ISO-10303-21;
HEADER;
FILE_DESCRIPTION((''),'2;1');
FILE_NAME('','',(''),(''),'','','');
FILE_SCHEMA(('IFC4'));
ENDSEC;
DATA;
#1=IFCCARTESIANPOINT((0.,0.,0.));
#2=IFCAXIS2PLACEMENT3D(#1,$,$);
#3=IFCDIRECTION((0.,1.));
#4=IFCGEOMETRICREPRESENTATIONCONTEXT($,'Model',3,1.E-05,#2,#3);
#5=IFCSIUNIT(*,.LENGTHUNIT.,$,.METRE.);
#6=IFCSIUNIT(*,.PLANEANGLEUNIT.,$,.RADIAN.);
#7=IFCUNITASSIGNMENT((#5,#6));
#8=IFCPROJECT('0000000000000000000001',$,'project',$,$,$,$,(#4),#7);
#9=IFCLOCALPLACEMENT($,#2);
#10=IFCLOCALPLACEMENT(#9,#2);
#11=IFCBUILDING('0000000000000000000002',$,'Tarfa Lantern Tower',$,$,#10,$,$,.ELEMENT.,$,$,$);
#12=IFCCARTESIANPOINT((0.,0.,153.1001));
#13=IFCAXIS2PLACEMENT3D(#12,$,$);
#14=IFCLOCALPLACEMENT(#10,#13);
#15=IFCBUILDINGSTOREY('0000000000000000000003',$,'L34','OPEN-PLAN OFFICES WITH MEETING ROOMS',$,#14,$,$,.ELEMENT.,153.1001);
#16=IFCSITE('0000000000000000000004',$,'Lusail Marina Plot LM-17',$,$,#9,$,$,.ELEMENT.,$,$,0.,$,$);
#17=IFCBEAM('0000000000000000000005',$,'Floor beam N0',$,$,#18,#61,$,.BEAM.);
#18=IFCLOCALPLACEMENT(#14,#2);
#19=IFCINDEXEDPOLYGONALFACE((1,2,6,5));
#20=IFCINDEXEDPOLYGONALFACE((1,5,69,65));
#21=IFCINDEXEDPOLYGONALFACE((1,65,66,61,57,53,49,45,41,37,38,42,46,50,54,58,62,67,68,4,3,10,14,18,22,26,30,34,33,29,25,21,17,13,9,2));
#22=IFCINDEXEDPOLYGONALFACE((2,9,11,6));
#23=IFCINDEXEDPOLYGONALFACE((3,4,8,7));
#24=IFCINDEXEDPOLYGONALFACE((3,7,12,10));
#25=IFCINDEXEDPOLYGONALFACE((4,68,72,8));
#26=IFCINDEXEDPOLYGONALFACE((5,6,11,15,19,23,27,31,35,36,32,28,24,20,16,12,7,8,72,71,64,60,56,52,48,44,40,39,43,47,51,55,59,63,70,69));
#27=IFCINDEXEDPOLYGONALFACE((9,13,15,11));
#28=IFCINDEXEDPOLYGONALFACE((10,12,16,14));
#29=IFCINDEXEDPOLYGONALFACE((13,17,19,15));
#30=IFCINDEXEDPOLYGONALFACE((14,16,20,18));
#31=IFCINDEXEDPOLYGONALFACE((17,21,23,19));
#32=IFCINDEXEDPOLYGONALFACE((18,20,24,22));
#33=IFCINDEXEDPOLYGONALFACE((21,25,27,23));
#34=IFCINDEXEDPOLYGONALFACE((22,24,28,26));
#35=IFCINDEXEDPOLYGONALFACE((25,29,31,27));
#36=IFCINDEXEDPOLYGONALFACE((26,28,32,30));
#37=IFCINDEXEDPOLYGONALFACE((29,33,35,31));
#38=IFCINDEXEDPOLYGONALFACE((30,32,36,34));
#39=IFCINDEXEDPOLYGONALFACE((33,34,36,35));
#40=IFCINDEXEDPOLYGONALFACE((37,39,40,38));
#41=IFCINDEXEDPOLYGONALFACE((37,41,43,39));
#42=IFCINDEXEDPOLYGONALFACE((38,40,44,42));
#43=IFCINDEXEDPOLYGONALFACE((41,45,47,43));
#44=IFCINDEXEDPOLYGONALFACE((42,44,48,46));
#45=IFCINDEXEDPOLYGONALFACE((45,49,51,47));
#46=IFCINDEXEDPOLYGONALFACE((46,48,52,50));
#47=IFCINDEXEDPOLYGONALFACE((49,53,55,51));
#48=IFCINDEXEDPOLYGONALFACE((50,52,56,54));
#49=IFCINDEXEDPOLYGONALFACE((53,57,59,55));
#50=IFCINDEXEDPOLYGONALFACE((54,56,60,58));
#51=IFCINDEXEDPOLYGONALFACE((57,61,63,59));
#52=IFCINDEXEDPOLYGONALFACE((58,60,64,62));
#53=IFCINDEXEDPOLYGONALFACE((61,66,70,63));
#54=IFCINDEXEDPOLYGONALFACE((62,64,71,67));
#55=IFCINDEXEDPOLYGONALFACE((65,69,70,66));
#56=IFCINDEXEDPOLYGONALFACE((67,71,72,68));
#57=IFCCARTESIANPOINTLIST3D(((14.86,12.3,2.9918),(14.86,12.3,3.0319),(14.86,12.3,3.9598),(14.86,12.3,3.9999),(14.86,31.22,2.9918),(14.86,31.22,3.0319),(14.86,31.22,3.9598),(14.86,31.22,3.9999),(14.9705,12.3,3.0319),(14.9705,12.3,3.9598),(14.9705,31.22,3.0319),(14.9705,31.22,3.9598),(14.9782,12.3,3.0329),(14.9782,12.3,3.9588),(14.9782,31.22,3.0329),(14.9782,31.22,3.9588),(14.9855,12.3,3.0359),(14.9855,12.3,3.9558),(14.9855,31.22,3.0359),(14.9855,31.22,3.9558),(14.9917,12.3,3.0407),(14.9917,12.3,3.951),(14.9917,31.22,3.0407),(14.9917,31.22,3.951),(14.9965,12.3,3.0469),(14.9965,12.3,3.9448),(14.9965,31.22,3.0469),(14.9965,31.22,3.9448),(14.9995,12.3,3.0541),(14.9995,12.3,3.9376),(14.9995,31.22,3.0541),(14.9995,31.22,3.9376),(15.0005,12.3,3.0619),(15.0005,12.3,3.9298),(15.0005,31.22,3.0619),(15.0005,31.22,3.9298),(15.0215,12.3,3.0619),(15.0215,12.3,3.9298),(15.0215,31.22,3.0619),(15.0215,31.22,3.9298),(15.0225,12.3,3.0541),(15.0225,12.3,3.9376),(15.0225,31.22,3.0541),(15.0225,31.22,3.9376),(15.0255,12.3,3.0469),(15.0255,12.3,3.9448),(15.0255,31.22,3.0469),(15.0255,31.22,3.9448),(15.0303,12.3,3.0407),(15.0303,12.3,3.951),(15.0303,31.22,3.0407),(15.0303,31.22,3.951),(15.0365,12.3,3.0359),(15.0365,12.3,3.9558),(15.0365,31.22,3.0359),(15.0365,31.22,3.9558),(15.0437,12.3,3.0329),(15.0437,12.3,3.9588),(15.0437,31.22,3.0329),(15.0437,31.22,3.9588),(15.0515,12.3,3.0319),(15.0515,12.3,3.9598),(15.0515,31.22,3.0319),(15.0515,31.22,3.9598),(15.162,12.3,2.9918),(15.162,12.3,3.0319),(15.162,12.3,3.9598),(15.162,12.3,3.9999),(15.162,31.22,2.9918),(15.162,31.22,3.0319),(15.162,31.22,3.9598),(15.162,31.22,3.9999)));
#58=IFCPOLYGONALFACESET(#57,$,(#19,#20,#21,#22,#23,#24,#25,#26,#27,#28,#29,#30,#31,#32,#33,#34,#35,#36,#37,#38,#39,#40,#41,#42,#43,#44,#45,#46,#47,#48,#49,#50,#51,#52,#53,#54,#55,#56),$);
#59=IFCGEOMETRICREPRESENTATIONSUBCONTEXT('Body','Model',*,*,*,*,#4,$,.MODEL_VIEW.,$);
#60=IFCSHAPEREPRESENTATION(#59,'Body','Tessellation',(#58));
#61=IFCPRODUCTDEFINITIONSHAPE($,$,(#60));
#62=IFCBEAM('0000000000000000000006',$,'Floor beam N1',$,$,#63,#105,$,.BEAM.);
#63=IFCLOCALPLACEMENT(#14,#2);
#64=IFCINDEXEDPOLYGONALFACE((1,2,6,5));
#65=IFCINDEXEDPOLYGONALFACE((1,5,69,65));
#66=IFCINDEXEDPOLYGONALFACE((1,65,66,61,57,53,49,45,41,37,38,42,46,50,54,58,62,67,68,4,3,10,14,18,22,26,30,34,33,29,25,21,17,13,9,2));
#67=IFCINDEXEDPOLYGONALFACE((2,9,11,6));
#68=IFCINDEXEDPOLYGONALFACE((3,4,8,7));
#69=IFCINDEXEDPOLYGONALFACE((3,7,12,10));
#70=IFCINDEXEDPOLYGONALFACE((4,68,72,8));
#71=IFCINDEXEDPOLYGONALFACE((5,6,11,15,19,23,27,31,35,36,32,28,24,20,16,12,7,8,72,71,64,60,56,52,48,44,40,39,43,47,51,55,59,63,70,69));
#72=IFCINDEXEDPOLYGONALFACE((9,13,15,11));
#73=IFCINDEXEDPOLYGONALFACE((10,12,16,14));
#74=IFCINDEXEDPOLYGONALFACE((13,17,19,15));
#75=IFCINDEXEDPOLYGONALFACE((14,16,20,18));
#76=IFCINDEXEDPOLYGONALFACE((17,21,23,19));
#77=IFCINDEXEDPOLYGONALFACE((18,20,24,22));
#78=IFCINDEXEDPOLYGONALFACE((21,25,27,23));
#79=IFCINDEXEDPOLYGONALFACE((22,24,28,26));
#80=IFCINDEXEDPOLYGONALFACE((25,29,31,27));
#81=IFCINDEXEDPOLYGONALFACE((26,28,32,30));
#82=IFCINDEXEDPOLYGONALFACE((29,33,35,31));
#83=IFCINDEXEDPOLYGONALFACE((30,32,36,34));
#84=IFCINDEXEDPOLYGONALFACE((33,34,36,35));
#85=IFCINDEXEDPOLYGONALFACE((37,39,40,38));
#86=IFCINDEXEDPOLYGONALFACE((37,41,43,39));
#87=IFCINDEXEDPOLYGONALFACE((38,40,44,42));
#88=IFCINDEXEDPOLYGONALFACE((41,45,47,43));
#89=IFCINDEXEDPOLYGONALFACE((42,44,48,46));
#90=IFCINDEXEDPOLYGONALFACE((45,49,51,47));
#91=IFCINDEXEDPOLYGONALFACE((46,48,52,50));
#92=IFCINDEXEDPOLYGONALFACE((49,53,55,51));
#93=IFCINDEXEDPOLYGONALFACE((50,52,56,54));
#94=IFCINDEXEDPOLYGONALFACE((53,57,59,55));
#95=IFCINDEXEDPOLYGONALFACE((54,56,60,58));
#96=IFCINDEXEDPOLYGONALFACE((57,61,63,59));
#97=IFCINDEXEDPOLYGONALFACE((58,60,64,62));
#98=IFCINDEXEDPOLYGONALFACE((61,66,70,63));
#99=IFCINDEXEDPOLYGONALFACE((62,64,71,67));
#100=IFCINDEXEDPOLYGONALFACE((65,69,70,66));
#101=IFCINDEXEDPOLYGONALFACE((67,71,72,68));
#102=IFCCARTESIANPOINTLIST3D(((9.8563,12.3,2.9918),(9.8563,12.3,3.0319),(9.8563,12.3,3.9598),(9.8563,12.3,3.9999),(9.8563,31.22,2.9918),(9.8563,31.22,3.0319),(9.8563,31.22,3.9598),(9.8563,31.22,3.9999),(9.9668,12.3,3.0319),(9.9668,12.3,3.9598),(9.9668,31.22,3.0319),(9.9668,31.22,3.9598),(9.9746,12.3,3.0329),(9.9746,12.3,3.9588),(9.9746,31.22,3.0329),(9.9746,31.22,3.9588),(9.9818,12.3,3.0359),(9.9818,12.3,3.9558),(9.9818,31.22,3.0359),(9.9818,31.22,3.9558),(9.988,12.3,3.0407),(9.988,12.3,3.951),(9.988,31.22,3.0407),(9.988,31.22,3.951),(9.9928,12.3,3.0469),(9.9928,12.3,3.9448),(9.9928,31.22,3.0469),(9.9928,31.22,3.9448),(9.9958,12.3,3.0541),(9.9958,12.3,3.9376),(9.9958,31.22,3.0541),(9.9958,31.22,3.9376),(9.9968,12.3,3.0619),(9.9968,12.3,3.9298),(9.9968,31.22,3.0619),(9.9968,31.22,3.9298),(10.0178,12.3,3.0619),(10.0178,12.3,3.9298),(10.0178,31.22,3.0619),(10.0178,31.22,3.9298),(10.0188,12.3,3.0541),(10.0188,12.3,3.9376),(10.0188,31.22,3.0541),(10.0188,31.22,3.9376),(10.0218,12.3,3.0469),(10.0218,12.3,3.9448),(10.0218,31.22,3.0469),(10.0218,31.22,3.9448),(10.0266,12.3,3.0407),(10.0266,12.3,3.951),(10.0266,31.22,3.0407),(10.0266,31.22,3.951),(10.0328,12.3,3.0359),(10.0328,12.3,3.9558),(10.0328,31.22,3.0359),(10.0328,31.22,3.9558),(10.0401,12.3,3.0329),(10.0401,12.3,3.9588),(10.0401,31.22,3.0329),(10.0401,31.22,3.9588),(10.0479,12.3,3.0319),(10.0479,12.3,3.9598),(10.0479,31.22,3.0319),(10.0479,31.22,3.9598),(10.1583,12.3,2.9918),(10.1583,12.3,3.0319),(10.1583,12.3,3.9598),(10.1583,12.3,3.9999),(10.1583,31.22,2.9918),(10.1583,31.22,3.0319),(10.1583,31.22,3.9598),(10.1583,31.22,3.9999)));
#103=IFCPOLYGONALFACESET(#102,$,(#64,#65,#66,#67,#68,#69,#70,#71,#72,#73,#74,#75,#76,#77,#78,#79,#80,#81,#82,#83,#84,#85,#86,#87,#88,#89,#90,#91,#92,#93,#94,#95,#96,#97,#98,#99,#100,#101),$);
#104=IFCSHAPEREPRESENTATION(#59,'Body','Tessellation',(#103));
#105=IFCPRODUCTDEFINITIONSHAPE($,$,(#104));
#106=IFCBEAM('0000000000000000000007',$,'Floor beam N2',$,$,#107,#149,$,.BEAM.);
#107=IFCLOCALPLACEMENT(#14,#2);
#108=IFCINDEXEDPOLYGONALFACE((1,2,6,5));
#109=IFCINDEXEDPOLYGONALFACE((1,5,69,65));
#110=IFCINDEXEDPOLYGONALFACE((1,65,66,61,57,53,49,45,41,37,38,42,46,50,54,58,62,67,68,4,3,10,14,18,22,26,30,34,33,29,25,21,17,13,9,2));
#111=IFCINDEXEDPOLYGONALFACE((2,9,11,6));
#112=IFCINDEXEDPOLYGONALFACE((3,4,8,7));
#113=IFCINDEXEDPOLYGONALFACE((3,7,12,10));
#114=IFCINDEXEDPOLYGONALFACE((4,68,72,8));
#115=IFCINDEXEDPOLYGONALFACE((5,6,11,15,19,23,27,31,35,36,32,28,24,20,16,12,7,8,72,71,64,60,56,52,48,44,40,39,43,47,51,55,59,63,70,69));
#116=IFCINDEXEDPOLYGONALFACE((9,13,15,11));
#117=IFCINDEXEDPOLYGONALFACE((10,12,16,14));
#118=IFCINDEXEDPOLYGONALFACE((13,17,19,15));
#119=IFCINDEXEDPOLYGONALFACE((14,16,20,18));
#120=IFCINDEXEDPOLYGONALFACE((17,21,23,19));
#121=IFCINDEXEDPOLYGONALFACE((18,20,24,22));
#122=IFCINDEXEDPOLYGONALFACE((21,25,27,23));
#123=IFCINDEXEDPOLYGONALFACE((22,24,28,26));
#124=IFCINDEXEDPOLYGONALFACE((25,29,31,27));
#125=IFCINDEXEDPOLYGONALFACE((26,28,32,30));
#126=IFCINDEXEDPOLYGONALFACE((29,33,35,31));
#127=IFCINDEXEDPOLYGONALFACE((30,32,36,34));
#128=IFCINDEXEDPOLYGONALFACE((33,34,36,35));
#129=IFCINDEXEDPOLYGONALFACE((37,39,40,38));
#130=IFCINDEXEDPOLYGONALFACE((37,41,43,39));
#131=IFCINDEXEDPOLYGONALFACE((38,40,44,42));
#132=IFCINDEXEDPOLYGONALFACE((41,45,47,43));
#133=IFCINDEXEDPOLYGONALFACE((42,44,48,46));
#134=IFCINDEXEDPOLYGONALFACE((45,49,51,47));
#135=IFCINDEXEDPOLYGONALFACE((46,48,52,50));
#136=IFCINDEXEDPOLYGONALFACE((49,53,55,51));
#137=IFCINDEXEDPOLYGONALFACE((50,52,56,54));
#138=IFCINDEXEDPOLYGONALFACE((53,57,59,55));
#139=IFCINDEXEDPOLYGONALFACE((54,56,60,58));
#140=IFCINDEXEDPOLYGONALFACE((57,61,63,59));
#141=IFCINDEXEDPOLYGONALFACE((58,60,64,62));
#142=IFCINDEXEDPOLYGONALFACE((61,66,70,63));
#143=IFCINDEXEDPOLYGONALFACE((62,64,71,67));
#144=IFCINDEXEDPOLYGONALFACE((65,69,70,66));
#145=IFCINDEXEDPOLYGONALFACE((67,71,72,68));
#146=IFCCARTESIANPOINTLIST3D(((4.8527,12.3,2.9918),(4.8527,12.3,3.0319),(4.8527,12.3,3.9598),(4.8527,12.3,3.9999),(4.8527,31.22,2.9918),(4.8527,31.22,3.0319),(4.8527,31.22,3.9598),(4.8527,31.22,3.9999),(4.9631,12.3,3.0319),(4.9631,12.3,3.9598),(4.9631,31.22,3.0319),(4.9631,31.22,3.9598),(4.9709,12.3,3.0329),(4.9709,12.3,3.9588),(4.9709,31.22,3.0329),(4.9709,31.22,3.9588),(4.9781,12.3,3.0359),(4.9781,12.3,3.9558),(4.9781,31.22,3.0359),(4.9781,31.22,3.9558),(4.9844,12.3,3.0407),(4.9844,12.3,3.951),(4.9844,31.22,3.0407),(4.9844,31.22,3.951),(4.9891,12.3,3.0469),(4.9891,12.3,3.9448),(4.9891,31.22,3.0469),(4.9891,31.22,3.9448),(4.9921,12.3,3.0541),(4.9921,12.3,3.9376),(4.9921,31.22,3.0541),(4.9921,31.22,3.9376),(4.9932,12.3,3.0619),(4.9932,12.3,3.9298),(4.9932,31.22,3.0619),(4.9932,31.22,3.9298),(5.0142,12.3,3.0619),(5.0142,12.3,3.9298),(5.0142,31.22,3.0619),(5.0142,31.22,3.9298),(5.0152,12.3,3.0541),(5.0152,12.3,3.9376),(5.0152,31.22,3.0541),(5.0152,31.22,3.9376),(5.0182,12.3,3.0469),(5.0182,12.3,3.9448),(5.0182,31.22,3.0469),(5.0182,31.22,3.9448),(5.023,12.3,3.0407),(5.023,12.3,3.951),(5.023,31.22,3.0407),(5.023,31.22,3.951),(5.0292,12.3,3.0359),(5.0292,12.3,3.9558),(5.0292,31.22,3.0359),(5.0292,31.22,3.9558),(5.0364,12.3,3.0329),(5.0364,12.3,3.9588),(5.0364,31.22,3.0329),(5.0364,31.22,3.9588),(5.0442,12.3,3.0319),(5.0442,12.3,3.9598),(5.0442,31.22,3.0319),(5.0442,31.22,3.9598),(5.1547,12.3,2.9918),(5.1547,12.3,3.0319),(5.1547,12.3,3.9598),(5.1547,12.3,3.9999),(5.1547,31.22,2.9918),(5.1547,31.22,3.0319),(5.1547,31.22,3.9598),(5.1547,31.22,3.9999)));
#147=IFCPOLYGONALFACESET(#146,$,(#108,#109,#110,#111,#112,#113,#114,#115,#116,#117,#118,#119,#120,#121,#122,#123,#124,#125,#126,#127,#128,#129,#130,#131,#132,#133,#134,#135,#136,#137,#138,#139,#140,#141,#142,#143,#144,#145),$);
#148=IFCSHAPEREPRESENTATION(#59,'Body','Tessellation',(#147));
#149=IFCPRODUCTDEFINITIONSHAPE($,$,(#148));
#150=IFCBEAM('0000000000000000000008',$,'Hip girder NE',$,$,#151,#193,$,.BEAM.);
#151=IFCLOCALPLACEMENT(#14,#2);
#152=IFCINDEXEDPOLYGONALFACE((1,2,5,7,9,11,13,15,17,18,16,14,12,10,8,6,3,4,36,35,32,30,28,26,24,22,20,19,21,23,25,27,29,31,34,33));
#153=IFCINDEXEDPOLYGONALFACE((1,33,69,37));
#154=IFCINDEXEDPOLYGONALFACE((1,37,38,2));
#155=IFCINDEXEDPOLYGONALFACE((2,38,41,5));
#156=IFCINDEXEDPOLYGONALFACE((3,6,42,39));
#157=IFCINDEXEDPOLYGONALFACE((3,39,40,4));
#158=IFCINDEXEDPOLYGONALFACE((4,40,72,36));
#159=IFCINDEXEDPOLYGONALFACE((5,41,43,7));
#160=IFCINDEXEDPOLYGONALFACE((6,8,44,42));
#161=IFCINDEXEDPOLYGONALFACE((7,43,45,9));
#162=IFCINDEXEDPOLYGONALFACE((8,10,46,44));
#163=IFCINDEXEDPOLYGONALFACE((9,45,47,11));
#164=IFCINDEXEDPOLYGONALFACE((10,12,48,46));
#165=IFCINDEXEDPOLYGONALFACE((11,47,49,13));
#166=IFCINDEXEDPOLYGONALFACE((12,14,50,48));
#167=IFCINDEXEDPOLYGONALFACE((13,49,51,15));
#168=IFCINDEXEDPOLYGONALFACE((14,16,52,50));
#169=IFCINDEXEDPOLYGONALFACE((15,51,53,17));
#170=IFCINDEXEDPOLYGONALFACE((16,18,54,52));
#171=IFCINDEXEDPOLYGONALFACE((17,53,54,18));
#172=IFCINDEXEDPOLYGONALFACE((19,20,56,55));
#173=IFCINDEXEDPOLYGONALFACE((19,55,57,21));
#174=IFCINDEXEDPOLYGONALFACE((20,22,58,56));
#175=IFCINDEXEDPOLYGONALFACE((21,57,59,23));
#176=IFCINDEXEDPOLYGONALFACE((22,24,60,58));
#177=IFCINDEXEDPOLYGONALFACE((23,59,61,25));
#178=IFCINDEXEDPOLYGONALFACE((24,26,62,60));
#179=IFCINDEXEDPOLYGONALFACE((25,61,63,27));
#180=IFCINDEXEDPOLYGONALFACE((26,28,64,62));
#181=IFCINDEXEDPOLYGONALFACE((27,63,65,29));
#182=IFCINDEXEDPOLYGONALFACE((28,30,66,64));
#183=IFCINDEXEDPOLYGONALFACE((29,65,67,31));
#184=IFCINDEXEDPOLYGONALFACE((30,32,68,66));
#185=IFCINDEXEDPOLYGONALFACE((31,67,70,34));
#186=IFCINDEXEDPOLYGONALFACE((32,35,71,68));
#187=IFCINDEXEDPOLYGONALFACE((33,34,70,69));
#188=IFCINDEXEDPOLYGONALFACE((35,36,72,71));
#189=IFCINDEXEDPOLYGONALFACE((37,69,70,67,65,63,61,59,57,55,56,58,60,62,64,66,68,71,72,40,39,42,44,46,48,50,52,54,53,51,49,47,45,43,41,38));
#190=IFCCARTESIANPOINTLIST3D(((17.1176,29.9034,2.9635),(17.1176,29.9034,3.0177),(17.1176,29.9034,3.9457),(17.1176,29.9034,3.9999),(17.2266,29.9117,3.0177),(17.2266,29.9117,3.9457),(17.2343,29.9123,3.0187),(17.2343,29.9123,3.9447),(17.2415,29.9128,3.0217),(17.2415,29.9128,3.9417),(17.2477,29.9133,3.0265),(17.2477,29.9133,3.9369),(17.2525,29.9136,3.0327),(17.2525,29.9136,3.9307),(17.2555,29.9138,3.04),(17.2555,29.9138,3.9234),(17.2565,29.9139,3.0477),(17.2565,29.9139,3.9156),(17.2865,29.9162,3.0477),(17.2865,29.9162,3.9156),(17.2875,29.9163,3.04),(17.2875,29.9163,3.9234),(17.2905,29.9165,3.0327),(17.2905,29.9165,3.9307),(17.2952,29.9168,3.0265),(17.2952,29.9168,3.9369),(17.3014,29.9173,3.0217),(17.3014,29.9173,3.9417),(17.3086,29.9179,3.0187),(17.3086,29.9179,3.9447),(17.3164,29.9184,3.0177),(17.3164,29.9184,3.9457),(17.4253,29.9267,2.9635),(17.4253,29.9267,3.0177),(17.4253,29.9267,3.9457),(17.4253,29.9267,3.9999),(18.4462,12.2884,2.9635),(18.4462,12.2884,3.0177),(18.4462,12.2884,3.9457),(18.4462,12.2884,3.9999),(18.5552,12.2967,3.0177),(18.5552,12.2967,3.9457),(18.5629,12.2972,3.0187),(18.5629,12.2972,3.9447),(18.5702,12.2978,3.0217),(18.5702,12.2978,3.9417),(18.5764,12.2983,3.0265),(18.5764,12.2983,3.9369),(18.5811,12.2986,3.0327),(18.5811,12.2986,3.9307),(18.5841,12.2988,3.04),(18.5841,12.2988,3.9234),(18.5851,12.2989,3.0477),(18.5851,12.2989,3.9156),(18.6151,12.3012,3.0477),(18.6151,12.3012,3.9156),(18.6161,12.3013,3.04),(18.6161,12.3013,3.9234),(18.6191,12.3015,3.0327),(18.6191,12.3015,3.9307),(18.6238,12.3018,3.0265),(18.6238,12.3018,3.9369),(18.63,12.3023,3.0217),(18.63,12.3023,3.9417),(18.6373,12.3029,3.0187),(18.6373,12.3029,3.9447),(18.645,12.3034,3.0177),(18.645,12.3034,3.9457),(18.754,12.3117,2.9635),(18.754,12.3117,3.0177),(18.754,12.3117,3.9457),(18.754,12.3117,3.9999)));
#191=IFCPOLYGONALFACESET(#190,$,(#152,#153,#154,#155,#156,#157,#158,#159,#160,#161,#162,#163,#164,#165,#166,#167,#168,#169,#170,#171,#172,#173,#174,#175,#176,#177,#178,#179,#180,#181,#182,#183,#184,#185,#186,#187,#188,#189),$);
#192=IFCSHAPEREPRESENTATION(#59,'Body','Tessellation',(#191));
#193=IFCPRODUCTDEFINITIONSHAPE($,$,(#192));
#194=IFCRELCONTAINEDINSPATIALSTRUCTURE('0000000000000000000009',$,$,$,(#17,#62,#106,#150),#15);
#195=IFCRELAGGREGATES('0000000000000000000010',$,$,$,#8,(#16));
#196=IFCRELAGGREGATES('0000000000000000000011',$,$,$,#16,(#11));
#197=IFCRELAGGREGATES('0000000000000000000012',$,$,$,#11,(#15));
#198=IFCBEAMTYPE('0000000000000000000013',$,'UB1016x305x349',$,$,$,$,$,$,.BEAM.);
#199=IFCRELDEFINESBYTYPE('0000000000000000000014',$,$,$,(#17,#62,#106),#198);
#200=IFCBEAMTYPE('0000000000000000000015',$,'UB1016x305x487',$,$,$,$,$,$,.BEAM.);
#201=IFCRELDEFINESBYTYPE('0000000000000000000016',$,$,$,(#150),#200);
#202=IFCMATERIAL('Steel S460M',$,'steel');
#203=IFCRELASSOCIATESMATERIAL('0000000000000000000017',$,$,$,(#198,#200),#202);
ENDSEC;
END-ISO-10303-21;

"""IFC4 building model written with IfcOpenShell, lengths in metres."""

from ifc_helpers import new_model, si_unit, direction, frame, origin, origin_2d, place, context, subcontext, project, spatial, i_section, extrude, material, material_profile, profile_set, type_object, element, save


model = new_model("IFC4")

# Units and contexts
model_context = context("Model", 3, precision=1e-05, world=origin(), true_north=direction((0.0, 1.0)))
body_context = subcontext(model_context, "Body", "Model", "MODEL_VIEW")
ifc_project = project(units=[si_unit("LENGTHUNIT", "METRE"), si_unit("PLANEANGLEUNIT", "RADIAN")], contexts=[model_context])

# Site, building, storey
site_placement = place(None, origin())
site = spatial("IfcSite", under=ifc_project, at=site_placement, Name="Lusail Marina Plot LM-17", CompositionType="ELEMENT", RefElevation=0.0)
building_placement = place(site_placement, origin())
building = spatial("IfcBuilding", under=site, at=building_placement, Name="Tarfa Lantern Tower", CompositionType="ELEMENT")
storey_placement = place(building_placement, frame((0.0, 0.0, 153.1001)))
storey = spatial("IfcBuildingStorey", under=building, at=storey_placement, Name="L34", Description="OPEN-PLAN OFFICES WITH MEETING ROOMS", CompositionType="ELEMENT", Elevation=153.1001)

# Beams
ifc_material_1 = material(Name="Steel S460M", Category="steel")
ifc_material_profile_1 = material_profile(ifc_material_1, i_section(OverallWidth=0.302, OverallDepth=1.0081, WebThickness=0.021, FlangeThickness=0.04, FilletRadius=0.03, at=origin_2d()), Name="UB1016x305x349")
ifc_profile_set_1 = profile_set([ifc_material_profile_1], Name="Steel S460M")
beam_type_1 = type_object("IfcBeamType", Name="UB1016x305x349", PredefinedType="BEAM", material=ifc_profile_set_1)
for number, where, z_axis, x_axis, name in (
    (1, (15.011, 31.22, 3.4958), (0.0, -1.0, 0.0), (1.0, 0.0, 0.0), "Floor beam N0"),
    (2, (10.0073, 31.22, 3.4958), (0.0, -1.0, 0.0), (1.0, 0.0, 0.0), "Floor beam N1"),
    (3, (5.0037, 31.22, 3.4958), (0.0, -1.0, 0.0), (1.0, 0.0, 0.0), "Floor beam N2"),
):
    element("IfcBeam", number, at=place(storey_placement, frame(where, z_axis=z_axis, x_axis=x_axis)), inside=storey, type_object=beam_type_1, Name=name, PredefinedType="BEAM", context=body_context, shape_type="SweptSolid", body=[
        extrude(i_section(OverallWidth=0.302, OverallDepth=1.0081, WebThickness=0.021, FlangeThickness=0.04, FilletRadius=0.03, at=origin_2d()), origin(), (0.0, 0.0, 1.0), 18.9199),
    ])
ifc_material_profile_2 = material_profile(ifc_material_1, i_section(OverallWidth=0.3086, OverallDepth=1.0364, WebThickness=0.03, FlangeThickness=0.0542, FilletRadius=0.03, at=origin_2d()), Name="UB1016x305x487")
ifc_profile_set_2 = profile_set([ifc_material_profile_2], Name="Steel S460M")
beam_type_2 = type_object("IfcBeamType", Name="UB1016x305x487", PredefinedType="BEAM", material=ifc_profile_set_2)
beam_1_placement = place(storey_placement, frame((18.6001, 12.3, 3.4817), z_axis=(-0.075212, 0.997168, 0.0), x_axis=(-0.997168, -0.075212, 0.0)))
element("IfcBeam", 4, at=beam_1_placement, inside=storey, type_object=beam_type_2, Name="Hip girder NE", PredefinedType="BEAM", context=body_context, shape_type="SweptSolid", body=[
    extrude(i_section(OverallWidth=0.3086, OverallDepth=1.0364, WebThickness=0.03, FlangeThickness=0.0542, FilletRadius=0.03, at=origin_2d()), origin(), (0.0, 0.0, 1.0), 17.665),
])

save(model, "model.ifc")
